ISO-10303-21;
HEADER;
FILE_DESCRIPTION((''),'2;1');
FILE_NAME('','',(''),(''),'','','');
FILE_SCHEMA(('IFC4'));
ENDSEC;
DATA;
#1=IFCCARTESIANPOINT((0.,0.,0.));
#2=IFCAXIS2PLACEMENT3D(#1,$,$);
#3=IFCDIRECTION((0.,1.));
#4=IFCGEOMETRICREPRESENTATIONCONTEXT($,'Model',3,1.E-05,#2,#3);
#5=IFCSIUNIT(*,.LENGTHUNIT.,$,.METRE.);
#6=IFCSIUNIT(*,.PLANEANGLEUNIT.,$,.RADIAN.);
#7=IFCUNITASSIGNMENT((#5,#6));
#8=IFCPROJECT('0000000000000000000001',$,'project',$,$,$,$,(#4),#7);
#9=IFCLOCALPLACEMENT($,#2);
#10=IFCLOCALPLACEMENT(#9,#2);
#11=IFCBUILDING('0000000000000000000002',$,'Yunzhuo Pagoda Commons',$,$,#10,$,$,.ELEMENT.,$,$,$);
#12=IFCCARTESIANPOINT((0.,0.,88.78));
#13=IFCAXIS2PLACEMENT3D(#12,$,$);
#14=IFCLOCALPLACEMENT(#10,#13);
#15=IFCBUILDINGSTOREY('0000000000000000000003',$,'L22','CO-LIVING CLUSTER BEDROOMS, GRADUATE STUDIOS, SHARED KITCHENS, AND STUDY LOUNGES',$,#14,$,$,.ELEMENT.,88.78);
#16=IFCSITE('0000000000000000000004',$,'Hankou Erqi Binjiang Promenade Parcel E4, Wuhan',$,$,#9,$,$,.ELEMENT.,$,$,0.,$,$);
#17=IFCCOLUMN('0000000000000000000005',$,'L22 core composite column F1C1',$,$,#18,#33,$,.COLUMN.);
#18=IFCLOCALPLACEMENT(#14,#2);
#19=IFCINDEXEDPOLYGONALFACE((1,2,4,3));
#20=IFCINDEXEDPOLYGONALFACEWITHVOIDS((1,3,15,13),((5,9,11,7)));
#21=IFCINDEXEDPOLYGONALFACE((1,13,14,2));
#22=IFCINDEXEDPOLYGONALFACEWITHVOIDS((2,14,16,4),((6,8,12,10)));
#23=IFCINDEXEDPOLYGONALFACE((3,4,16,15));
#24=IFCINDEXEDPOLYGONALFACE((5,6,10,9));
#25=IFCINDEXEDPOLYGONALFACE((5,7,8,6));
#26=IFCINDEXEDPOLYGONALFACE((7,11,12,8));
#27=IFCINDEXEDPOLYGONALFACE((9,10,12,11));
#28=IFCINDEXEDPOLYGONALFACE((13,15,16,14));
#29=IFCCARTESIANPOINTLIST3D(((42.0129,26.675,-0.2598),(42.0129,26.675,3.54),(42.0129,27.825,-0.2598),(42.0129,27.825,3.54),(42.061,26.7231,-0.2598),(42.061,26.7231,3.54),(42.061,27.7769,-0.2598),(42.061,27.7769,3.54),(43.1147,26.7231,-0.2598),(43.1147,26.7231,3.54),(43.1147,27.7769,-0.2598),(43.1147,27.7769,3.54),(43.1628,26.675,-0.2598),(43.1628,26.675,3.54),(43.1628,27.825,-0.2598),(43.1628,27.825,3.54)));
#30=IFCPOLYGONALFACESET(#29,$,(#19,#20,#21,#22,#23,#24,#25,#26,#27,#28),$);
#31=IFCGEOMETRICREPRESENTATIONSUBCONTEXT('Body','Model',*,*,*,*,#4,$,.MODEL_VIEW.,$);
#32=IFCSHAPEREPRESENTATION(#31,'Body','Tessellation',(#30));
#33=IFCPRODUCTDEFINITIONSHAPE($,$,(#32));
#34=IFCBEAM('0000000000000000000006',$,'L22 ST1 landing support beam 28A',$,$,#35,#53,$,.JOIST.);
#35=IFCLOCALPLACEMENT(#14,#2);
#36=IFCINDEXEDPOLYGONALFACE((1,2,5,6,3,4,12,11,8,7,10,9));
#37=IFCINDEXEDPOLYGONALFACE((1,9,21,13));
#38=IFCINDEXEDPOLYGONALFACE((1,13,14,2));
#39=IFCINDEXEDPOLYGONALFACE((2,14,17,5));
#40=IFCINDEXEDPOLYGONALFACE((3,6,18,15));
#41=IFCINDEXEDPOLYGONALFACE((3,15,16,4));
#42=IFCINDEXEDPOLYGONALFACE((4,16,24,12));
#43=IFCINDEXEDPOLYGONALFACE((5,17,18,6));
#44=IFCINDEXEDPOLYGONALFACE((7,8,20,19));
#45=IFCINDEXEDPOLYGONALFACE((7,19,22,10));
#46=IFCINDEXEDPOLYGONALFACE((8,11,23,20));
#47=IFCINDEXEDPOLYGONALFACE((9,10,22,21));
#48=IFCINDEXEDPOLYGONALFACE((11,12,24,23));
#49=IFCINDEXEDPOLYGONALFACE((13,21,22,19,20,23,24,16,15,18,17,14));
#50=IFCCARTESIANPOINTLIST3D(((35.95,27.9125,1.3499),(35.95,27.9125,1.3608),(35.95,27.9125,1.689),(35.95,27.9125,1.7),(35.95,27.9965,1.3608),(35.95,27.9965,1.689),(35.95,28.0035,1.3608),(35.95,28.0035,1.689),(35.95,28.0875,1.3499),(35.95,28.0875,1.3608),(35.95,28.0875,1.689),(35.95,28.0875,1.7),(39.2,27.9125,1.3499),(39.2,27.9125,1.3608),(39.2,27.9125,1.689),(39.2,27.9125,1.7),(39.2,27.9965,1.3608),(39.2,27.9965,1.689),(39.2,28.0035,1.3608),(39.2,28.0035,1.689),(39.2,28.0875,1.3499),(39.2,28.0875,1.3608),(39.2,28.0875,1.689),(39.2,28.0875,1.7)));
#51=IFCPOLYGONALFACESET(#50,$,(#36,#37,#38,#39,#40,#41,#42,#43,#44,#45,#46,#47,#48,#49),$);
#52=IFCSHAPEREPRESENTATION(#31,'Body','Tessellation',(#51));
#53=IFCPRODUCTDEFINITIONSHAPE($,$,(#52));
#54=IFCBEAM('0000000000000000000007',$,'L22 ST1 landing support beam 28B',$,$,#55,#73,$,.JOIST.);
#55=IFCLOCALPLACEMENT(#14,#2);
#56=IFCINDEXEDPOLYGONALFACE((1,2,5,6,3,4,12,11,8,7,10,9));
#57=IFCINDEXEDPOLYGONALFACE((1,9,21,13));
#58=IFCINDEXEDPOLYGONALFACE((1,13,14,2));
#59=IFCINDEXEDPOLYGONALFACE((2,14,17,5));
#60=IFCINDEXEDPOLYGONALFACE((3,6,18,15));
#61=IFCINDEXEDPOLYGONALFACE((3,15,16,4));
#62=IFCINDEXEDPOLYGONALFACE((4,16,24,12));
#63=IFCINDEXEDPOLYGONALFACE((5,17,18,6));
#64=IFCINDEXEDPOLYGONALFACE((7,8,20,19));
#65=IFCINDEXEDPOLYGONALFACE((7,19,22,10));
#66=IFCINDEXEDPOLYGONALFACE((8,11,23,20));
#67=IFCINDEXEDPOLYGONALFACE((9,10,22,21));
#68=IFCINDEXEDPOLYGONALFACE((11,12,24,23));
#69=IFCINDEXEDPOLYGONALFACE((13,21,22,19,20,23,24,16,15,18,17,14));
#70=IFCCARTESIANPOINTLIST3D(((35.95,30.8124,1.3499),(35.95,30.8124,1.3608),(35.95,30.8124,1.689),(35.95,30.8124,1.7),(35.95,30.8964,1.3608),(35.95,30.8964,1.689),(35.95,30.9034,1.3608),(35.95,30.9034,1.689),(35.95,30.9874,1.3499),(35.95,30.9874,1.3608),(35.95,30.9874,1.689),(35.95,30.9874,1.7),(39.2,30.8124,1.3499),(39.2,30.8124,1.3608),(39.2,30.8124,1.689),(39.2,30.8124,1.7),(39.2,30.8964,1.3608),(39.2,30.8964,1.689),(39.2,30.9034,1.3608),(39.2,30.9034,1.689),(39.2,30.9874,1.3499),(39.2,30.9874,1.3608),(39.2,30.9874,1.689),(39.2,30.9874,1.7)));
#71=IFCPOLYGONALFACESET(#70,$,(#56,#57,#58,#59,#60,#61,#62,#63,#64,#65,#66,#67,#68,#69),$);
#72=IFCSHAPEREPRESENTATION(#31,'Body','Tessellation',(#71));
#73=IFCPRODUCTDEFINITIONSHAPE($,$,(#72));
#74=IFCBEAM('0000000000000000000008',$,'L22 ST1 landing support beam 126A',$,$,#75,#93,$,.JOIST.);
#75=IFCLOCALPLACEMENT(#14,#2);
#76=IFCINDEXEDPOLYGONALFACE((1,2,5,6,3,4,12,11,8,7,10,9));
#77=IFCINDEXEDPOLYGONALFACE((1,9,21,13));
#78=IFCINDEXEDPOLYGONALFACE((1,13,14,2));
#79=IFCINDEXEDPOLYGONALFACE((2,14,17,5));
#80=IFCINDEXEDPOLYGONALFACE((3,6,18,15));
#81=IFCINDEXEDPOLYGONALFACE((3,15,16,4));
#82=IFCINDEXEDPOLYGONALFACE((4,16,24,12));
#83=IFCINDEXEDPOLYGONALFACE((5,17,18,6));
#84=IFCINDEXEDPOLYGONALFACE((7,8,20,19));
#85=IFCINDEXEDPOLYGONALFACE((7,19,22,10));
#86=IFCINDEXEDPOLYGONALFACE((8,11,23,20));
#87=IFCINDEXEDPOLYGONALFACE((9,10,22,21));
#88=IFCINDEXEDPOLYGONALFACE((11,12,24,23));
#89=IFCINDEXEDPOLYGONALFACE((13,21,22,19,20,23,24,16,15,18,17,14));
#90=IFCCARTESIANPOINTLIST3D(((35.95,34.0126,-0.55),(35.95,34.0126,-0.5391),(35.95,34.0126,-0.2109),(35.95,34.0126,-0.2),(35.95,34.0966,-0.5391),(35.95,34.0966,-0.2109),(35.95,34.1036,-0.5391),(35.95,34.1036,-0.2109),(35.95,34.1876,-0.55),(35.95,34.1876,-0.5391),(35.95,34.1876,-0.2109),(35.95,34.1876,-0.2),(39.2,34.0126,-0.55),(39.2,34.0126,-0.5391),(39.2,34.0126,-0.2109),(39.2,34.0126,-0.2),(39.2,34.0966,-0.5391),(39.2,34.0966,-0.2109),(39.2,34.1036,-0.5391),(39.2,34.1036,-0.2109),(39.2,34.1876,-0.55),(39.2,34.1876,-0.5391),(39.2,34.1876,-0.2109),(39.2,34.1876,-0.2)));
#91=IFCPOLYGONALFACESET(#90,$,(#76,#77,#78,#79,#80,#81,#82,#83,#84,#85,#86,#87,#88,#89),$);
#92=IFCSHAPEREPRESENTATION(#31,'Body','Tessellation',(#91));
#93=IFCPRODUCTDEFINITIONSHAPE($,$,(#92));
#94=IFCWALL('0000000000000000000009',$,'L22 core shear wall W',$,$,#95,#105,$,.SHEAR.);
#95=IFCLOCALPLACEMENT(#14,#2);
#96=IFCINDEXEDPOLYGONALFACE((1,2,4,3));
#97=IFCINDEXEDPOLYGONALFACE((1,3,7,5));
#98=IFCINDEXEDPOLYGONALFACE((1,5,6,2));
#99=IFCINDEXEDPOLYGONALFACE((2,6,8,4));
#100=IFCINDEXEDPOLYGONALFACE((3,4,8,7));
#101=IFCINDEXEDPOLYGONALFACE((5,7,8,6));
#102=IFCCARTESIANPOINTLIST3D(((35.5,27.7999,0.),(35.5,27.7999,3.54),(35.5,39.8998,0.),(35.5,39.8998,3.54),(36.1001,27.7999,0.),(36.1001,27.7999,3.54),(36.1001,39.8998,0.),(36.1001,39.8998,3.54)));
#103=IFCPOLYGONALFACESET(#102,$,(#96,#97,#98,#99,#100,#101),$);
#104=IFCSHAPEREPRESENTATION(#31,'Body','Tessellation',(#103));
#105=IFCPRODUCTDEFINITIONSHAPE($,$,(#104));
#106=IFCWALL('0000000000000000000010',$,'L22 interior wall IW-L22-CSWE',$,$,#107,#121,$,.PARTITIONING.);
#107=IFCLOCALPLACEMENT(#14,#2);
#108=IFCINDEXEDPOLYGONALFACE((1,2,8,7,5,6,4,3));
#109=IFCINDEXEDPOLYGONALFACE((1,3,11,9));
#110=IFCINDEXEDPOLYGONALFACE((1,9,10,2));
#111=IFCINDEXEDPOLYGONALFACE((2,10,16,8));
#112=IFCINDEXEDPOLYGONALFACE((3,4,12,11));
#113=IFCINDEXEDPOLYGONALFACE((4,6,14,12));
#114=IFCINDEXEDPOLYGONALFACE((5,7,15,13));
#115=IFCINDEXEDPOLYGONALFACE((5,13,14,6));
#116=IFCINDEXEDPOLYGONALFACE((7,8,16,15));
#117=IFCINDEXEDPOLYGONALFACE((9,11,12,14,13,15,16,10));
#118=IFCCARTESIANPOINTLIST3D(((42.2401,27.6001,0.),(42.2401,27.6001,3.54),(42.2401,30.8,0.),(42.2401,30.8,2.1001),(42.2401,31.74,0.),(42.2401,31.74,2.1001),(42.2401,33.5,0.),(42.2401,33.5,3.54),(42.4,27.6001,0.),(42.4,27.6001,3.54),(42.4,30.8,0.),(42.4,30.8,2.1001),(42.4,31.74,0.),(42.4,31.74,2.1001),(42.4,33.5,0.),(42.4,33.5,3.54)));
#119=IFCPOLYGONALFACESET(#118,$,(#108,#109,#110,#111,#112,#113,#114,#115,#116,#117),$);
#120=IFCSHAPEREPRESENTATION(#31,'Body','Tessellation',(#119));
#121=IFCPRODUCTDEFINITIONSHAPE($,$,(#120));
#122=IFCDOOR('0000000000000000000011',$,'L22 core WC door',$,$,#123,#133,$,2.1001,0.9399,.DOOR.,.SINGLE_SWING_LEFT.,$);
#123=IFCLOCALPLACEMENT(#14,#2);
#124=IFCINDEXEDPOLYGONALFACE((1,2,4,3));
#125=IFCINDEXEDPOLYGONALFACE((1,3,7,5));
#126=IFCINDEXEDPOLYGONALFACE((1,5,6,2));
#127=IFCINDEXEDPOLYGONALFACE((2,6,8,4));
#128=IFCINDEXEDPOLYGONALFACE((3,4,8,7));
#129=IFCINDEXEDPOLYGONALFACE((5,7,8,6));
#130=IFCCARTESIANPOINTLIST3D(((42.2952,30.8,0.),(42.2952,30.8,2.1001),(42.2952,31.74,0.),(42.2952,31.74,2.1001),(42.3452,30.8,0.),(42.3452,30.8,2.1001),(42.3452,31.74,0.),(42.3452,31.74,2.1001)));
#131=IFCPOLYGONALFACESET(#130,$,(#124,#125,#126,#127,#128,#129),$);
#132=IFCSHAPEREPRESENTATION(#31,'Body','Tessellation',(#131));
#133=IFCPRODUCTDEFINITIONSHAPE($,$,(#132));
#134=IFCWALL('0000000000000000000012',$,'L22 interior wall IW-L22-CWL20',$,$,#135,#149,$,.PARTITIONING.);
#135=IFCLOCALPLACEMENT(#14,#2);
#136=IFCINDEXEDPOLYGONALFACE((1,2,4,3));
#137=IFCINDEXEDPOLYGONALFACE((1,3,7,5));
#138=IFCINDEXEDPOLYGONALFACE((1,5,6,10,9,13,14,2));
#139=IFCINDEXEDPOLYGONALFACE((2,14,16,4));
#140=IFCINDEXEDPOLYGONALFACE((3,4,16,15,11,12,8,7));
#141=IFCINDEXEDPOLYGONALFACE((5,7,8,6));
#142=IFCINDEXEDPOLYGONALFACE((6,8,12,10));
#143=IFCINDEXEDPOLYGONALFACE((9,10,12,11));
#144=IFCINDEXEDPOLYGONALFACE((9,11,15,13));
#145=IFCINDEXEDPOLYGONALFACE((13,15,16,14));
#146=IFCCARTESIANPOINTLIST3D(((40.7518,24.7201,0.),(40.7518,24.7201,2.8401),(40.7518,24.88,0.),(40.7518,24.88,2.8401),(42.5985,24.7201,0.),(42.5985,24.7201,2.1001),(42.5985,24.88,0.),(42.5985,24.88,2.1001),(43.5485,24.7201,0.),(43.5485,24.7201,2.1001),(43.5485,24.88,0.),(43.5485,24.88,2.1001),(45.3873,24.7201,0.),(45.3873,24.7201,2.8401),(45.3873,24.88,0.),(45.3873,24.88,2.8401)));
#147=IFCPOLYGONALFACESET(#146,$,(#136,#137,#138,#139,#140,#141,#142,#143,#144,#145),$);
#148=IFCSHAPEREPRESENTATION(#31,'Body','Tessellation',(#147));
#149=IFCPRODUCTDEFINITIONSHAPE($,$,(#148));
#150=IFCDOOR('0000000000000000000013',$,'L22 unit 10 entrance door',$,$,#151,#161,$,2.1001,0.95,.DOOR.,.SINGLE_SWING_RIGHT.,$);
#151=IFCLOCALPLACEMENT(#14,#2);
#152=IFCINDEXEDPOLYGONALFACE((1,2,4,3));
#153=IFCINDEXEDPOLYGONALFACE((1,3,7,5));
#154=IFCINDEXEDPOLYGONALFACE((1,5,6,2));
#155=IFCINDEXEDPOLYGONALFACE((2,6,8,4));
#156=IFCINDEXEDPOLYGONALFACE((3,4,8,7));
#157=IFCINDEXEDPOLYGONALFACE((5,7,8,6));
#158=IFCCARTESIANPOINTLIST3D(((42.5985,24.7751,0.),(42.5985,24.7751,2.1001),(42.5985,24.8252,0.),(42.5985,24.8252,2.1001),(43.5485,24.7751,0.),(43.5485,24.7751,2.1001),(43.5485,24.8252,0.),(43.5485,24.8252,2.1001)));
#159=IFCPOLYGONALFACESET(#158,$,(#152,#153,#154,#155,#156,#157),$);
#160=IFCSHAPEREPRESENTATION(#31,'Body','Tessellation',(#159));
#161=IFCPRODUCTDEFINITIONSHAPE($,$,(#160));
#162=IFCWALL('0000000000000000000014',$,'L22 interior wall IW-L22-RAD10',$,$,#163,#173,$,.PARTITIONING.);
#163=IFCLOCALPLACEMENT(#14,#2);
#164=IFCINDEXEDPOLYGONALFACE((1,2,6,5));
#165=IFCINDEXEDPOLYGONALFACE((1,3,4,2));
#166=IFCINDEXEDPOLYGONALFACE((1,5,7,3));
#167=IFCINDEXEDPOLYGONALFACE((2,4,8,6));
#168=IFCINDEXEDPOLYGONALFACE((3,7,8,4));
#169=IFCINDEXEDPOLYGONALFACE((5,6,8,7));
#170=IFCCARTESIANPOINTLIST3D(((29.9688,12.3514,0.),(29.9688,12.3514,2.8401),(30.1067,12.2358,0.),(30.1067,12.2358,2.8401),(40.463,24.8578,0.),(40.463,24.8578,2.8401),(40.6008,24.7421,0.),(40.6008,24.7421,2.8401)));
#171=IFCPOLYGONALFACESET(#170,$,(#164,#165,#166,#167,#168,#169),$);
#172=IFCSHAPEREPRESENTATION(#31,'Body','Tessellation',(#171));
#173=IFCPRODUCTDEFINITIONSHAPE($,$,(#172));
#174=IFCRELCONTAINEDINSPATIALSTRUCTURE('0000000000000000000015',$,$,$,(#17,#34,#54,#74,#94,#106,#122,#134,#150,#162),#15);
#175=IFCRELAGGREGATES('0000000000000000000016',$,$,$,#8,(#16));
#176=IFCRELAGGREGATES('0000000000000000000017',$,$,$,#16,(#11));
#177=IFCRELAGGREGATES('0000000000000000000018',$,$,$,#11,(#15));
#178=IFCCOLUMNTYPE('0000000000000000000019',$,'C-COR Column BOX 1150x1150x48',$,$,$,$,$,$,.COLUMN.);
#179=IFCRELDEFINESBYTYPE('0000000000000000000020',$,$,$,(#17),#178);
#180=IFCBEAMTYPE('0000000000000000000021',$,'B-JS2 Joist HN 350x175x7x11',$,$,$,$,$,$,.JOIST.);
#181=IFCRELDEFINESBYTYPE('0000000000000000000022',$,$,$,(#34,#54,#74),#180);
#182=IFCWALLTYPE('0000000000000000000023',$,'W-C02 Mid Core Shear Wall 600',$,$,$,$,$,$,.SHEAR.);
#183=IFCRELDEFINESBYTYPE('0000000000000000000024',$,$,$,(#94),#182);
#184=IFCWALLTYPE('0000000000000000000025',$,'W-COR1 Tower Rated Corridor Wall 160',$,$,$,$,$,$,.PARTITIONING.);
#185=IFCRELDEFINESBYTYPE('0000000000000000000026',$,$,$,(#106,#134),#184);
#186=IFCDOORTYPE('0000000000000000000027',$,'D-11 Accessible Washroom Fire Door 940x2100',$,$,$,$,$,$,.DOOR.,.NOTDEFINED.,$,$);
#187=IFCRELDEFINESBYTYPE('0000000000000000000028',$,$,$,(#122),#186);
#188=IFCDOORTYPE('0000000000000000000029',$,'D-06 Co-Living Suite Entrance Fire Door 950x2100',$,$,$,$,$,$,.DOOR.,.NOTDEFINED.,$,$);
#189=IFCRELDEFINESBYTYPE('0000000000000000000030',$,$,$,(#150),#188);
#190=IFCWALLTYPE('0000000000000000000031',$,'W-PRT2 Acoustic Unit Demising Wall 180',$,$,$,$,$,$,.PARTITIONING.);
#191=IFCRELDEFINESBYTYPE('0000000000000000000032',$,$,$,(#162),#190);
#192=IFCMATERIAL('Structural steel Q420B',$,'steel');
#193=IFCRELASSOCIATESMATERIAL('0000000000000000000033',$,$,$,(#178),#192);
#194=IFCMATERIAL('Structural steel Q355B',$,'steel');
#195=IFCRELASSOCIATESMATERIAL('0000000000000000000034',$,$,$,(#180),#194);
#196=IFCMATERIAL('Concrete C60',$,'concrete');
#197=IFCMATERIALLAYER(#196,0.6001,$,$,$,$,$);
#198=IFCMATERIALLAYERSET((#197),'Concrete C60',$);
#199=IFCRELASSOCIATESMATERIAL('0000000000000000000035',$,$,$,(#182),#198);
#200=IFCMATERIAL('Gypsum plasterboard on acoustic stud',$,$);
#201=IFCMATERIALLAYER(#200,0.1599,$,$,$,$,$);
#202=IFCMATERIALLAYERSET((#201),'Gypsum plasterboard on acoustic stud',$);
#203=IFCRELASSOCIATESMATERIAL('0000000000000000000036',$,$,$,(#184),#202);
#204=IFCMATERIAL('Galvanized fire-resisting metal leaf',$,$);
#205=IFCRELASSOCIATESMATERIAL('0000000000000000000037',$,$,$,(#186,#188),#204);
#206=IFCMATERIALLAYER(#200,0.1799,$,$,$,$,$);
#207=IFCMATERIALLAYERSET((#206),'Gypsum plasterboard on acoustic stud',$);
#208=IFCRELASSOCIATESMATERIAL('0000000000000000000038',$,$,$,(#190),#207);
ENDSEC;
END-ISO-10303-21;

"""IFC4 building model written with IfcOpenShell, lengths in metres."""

from ifc_helpers import new_model, si_unit, direction, frame, frame_2d, origin, origin_with_axes, origin_2d, place, context, subcontext, project, spatial, rectangle, hollow_rectangle, i_section, extrude, source, transform, mapped, material, layer, layer_set, material_profile, profile_set, type_object, element, fill, save


model = new_model("IFC4")

# Units and contexts
model_context = context("Model", 3, precision=1e-05, world=origin(), true_north=direction((0.0, 1.0)))
body_context = subcontext(model_context, "Body", "Model", "MODEL_VIEW")
ifc_project = project(units=[si_unit("LENGTHUNIT", "METRE"), si_unit("PLANEANGLEUNIT", "RADIAN")], contexts=[model_context])

# Site, building, storey
site_placement = place(None, origin())
site = spatial("IfcSite", under=ifc_project, at=site_placement, Name="Hankou Erqi Binjiang Promenade Parcel E4, Wuhan", CompositionType="ELEMENT", RefElevation=0.0)
building_placement = place(site_placement, origin())
building = spatial("IfcBuilding", under=site, at=building_placement, Name="Yunzhuo Pagoda Commons", CompositionType="ELEMENT")
storey_placement = place(building_placement, frame((0.0, 0.0, 88.78)))
storey = spatial("IfcBuildingStorey", under=building, at=storey_placement, Name="L22", Description="CO-LIVING CLUSTER BEDROOMS, GRADUATE STUDIOS, SHARED KITCHENS, AND STUDY LOUNGES", CompositionType="ELEMENT", Elevation=88.78)

# Column
ifc_material_1 = material(Name="Structural steel Q420B", Category="steel")
ifc_material_profile_1 = material_profile(ifc_material_1, hollow_rectangle(XDim=1.1499, YDim=1.1499, WallThickness=0.0481, at=origin_2d()), Name="Structural steel Q420B")
ifc_profile_set_1 = profile_set([ifc_material_profile_1], Name="Structural steel Q420B")
column_type = type_object("IfcColumnType", Name="C-COR Column BOX 1150x1150x48", PredefinedType="COLUMN", material=ifc_profile_set_1)
shared_shape_1 = source(origin(), body_context, "Body", "SweptSolid", [
    extrude(hollow_rectangle(XDim=1.1499, YDim=1.1499, WallThickness=0.0481, at=origin_2d()), origin(), (0.0, 0.0, 1.0), 3.7998),
])
column_placement = place(storey_placement, frame((42.5879, 27.25, -0.2598), z_axis=(0.0, 0.0, 1.0), x_axis=(1.0, 0.0, 0.0)))
element("IfcColumn", 1, at=column_placement, inside=storey, type_object=column_type, Name="L22 core composite column F1C1", PredefinedType="COLUMN", context=body_context, shape_type="MappedRepresentation", body=[
    mapped(shared_shape_1, transform((0.0, 0.0, 0.0), scale=1.0)),
])

# Beams
ifc_material_2 = material(Name="Structural steel Q355B", Category="steel")
ifc_material_profile_2 = material_profile(ifc_material_2, i_section(OverallWidth=0.175, OverallDepth=0.3501, WebThickness=0.0071, FlangeThickness=0.011, at=origin_2d()), Name="Structural steel Q355B")
ifc_profile_set_2 = profile_set([ifc_material_profile_2], Name="Structural steel Q355B")
beam_type = type_object("IfcBeamType", Name="B-JS2 Joist HN 350x175x7x11", PredefinedType="JOIST", material=ifc_profile_set_2)
shared_shape_2 = source(origin(), body_context, "Body", "SweptSolid", [
    extrude(i_section(OverallWidth=0.175, OverallDepth=0.3501, WebThickness=0.0071, FlangeThickness=0.011, at=origin_2d()), origin(), (0.0, 0.0, 1.0), 3.25),
])
for number, where, z_axis, x_axis, name in (
    (2, (35.95, 28.0, 1.5249), (1.0, 0.0, 0.0), (0.0, 1.0, 0.0), "L22 ST1 landing support beam 28A"),
    (3, (35.95, 30.8999, 1.5249), (1.0, 0.0, 0.0), (0.0, 1.0, 0.0), "L22 ST1 landing support beam 28B"),
    (4, (35.95, 34.1001, -0.375), (1.0, 0.0, 0.0), (0.0, 1.0, 0.0), "L22 ST1 landing support beam 126A"),
):
    element("IfcBeam", number, at=place(storey_placement, frame(where, z_axis=z_axis, x_axis=x_axis)), inside=storey, type_object=beam_type, Name=name, PredefinedType="JOIST", context=body_context, shape_type="MappedRepresentation", body=[
        mapped(shared_shape_2, transform((0.0, 0.0, 0.0), scale=1.0)),
    ])

# Wall
ifc_material_3 = material(Name="Concrete C60", Category="concrete")
ifc_layer_1 = layer(ifc_material_3, 0.6001)
ifc_layer_set_1 = layer_set([ifc_layer_1], Name="Concrete C60")
wall_type_1 = type_object("IfcWallType", Name="W-C02 Mid Core Shear Wall 600", PredefinedType="SHEAR", material=ifc_layer_set_1)
wall_1_placement = place(storey_placement, frame((35.8, 27.8, 0.0), z_axis=(0.0, 0.0, 1.0), x_axis=(0.0, 1.0, 0.0)))
element("IfcWall", 5, at=wall_1_placement, inside=storey, type_object=wall_type_1, Name="L22 core shear wall W", PredefinedType="SHEAR", context=body_context, shape_type="SweptSolid", body=[
    extrude(rectangle(XDim=12.0999, YDim=0.6001, at=frame_2d((6.0498, 0.0))), origin(), (0.0, 0.0, 1.0), 3.54),
])

# Walls, openings, doors
ifc_material_4 = material(Name="Gypsum plasterboard on acoustic stud")
ifc_layer_2 = layer(ifc_material_4, 0.1599)
ifc_layer_set_2 = layer_set([ifc_layer_2], Name="Gypsum plasterboard on acoustic stud")
wall_type_2 = type_object("IfcWallType", Name="W-COR1 Tower Rated Corridor Wall 160", PredefinedType="PARTITIONING", material=ifc_layer_set_2)
wall_2_placement = place(storey_placement, frame((42.3201, 27.6001, 0.0), z_axis=(0.0, 0.0, 1.0), x_axis=(0.0, 1.0, 0.0)))
wall_2 = element("IfcWall", 6, at=wall_2_placement, inside=storey, type_object=wall_type_2, Name="L22 interior wall IW-L22-CSWE", PredefinedType="PARTITIONING", context=body_context, shape_type="SweptSolid", body=[
    extrude(rectangle(XDim=5.8999, YDim=0.1599, at=frame_2d((2.95, 0.0))), origin(), (0.0, 0.0, 1.0), 3.54),
])
opening_1_placement = place(wall_2_placement, frame((3.2, 0.0, 0.0)))
opening_1 = element("IfcOpeningElement", 7, at=opening_1_placement, cuts=wall_2, PredefinedType="OPENING", context=body_context, shape_type="SweptSolid", body=[
    extrude(rectangle(XDim=0.9399, YDim=2.1001, at=frame_2d((0.47, 1.05))), frame((0.0, 0.0898, 0.0), z_axis=(0.0, -1.0, 0.0), x_axis=(1.0, 0.0, 0.0)), (0.0, 0.0, 1.0), 0.1799),
])
ifc_material_5 = material(Name="Galvanized fire-resisting metal leaf")
door_type_1 = type_object("IfcDoorType", Name="D-11 Accessible Washroom Fire Door 940x2100", OperationType="NOTDEFINED", PredefinedType="DOOR", material=ifc_material_5)
shared_shape_3 = source(origin(), body_context, "Body", "SweptSolid", [
    extrude(rectangle(XDim=0.9399, YDim=2.1001, at=frame_2d((0.47, 1.05))), frame((0.0, 0.0249, 0.0), z_axis=(0.0, -1.0, 0.0), x_axis=(1.0, 0.0, 0.0)), (0.0, 0.0, 1.0), 0.05),
])
door_1_placement = place(opening_1_placement, origin_with_axes())
door_1 = element("IfcDoor", 8, at=door_1_placement, inside=storey, type_object=door_type_1, Name="L22 core WC door", OperationType="SINGLE_SWING_LEFT", OverallHeight=2.1001, OverallWidth=0.9399, PredefinedType="DOOR", context=body_context, shape_type="MappedRepresentation", body=[
    mapped(shared_shape_3, transform((0.0, 0.0, 0.0), scale=1.0)),
])
fill(opening_1, door_1)
wall_3_placement = place(storey_placement, frame((45.3875, 24.8, 0.0), z_axis=(0.0, 0.0, 1.0), x_axis=(-1.0, 0.0, 0.0)))
wall_3 = element("IfcWall", 9, at=wall_3_placement, inside=storey, type_object=wall_type_2, Name="L22 interior wall IW-L22-CWL20", PredefinedType="PARTITIONING", context=body_context, shape_type="SweptSolid", body=[
    extrude(rectangle(XDim=4.6355, YDim=0.1599, at=frame_2d((2.3179, 0.0))), origin(), (0.0, 0.0, 1.0), 2.8401),
])
opening_2_placement = place(wall_3_placement, frame((1.8389, 0.0, 0.0)))
opening_2 = element("IfcOpeningElement", 10, at=opening_2_placement, cuts=wall_3, PredefinedType="OPENING", context=body_context, shape_type="SweptSolid", body=[
    extrude(rectangle(XDim=0.95, YDim=2.1001, at=frame_2d((0.4751, 1.05))), frame((0.0, 0.0898, 0.0), z_axis=(0.0, -1.0, 0.0), x_axis=(1.0, 0.0, 0.0)), (0.0, 0.0, 1.0), 0.1799),
])
door_type_2 = type_object("IfcDoorType", Name="D-06 Co-Living Suite Entrance Fire Door 950x2100", OperationType="NOTDEFINED", PredefinedType="DOOR", material=ifc_material_5)
shared_shape_4 = source(origin(), body_context, "Body", "SweptSolid", [
    extrude(rectangle(XDim=0.95, YDim=2.1001, at=frame_2d((0.4751, 1.05))), frame((0.0, 0.0249, 0.0), z_axis=(0.0, -1.0, 0.0), x_axis=(1.0, 0.0, 0.0)), (0.0, 0.0, 1.0), 0.05),
])
door_2_placement = place(opening_2_placement, origin_with_axes())
door_2 = element("IfcDoor", 11, at=door_2_placement, inside=storey, type_object=door_type_2, Name="L22 unit 10 entrance door", OperationType="SINGLE_SWING_RIGHT", OverallHeight=2.1001, OverallWidth=0.95, PredefinedType="DOOR", context=body_context, shape_type="MappedRepresentation", body=[
    mapped(shared_shape_4, transform((0.0, 0.0, 0.0), scale=1.0)),
])
fill(opening_2, door_2)

# Wall
ifc_layer_3 = layer(ifc_material_4, 0.1799)
ifc_layer_set_3 = layer_set([ifc_layer_3], Name="Gypsum plasterboard on acoustic stud")
wall_type_3 = type_object("IfcWallType", Name="W-PRT2 Acoustic Unit Demising Wall 180", PredefinedType="PARTITIONING", material=ifc_layer_set_3)
wall_4_placement = place(storey_placement, frame((40.532, 24.8, 0.0), z_axis=(0.0, 0.0, 1.0), x_axis=(-0.64279, -0.766042, 0.0)))
element("IfcWall", 12, at=wall_4_placement, inside=storey, type_object=wall_type_3, Name="L22 interior wall IW-L22-RAD10", PredefinedType="PARTITIONING", context=body_context, shape_type="SweptSolid", body=[
    extrude(rectangle(XDim=16.3259, YDim=0.1799, at=frame_2d((8.1631, 0.0))), origin(), (0.0, 0.0, 1.0), 2.8401),
])

save(model, "model.ifc")
